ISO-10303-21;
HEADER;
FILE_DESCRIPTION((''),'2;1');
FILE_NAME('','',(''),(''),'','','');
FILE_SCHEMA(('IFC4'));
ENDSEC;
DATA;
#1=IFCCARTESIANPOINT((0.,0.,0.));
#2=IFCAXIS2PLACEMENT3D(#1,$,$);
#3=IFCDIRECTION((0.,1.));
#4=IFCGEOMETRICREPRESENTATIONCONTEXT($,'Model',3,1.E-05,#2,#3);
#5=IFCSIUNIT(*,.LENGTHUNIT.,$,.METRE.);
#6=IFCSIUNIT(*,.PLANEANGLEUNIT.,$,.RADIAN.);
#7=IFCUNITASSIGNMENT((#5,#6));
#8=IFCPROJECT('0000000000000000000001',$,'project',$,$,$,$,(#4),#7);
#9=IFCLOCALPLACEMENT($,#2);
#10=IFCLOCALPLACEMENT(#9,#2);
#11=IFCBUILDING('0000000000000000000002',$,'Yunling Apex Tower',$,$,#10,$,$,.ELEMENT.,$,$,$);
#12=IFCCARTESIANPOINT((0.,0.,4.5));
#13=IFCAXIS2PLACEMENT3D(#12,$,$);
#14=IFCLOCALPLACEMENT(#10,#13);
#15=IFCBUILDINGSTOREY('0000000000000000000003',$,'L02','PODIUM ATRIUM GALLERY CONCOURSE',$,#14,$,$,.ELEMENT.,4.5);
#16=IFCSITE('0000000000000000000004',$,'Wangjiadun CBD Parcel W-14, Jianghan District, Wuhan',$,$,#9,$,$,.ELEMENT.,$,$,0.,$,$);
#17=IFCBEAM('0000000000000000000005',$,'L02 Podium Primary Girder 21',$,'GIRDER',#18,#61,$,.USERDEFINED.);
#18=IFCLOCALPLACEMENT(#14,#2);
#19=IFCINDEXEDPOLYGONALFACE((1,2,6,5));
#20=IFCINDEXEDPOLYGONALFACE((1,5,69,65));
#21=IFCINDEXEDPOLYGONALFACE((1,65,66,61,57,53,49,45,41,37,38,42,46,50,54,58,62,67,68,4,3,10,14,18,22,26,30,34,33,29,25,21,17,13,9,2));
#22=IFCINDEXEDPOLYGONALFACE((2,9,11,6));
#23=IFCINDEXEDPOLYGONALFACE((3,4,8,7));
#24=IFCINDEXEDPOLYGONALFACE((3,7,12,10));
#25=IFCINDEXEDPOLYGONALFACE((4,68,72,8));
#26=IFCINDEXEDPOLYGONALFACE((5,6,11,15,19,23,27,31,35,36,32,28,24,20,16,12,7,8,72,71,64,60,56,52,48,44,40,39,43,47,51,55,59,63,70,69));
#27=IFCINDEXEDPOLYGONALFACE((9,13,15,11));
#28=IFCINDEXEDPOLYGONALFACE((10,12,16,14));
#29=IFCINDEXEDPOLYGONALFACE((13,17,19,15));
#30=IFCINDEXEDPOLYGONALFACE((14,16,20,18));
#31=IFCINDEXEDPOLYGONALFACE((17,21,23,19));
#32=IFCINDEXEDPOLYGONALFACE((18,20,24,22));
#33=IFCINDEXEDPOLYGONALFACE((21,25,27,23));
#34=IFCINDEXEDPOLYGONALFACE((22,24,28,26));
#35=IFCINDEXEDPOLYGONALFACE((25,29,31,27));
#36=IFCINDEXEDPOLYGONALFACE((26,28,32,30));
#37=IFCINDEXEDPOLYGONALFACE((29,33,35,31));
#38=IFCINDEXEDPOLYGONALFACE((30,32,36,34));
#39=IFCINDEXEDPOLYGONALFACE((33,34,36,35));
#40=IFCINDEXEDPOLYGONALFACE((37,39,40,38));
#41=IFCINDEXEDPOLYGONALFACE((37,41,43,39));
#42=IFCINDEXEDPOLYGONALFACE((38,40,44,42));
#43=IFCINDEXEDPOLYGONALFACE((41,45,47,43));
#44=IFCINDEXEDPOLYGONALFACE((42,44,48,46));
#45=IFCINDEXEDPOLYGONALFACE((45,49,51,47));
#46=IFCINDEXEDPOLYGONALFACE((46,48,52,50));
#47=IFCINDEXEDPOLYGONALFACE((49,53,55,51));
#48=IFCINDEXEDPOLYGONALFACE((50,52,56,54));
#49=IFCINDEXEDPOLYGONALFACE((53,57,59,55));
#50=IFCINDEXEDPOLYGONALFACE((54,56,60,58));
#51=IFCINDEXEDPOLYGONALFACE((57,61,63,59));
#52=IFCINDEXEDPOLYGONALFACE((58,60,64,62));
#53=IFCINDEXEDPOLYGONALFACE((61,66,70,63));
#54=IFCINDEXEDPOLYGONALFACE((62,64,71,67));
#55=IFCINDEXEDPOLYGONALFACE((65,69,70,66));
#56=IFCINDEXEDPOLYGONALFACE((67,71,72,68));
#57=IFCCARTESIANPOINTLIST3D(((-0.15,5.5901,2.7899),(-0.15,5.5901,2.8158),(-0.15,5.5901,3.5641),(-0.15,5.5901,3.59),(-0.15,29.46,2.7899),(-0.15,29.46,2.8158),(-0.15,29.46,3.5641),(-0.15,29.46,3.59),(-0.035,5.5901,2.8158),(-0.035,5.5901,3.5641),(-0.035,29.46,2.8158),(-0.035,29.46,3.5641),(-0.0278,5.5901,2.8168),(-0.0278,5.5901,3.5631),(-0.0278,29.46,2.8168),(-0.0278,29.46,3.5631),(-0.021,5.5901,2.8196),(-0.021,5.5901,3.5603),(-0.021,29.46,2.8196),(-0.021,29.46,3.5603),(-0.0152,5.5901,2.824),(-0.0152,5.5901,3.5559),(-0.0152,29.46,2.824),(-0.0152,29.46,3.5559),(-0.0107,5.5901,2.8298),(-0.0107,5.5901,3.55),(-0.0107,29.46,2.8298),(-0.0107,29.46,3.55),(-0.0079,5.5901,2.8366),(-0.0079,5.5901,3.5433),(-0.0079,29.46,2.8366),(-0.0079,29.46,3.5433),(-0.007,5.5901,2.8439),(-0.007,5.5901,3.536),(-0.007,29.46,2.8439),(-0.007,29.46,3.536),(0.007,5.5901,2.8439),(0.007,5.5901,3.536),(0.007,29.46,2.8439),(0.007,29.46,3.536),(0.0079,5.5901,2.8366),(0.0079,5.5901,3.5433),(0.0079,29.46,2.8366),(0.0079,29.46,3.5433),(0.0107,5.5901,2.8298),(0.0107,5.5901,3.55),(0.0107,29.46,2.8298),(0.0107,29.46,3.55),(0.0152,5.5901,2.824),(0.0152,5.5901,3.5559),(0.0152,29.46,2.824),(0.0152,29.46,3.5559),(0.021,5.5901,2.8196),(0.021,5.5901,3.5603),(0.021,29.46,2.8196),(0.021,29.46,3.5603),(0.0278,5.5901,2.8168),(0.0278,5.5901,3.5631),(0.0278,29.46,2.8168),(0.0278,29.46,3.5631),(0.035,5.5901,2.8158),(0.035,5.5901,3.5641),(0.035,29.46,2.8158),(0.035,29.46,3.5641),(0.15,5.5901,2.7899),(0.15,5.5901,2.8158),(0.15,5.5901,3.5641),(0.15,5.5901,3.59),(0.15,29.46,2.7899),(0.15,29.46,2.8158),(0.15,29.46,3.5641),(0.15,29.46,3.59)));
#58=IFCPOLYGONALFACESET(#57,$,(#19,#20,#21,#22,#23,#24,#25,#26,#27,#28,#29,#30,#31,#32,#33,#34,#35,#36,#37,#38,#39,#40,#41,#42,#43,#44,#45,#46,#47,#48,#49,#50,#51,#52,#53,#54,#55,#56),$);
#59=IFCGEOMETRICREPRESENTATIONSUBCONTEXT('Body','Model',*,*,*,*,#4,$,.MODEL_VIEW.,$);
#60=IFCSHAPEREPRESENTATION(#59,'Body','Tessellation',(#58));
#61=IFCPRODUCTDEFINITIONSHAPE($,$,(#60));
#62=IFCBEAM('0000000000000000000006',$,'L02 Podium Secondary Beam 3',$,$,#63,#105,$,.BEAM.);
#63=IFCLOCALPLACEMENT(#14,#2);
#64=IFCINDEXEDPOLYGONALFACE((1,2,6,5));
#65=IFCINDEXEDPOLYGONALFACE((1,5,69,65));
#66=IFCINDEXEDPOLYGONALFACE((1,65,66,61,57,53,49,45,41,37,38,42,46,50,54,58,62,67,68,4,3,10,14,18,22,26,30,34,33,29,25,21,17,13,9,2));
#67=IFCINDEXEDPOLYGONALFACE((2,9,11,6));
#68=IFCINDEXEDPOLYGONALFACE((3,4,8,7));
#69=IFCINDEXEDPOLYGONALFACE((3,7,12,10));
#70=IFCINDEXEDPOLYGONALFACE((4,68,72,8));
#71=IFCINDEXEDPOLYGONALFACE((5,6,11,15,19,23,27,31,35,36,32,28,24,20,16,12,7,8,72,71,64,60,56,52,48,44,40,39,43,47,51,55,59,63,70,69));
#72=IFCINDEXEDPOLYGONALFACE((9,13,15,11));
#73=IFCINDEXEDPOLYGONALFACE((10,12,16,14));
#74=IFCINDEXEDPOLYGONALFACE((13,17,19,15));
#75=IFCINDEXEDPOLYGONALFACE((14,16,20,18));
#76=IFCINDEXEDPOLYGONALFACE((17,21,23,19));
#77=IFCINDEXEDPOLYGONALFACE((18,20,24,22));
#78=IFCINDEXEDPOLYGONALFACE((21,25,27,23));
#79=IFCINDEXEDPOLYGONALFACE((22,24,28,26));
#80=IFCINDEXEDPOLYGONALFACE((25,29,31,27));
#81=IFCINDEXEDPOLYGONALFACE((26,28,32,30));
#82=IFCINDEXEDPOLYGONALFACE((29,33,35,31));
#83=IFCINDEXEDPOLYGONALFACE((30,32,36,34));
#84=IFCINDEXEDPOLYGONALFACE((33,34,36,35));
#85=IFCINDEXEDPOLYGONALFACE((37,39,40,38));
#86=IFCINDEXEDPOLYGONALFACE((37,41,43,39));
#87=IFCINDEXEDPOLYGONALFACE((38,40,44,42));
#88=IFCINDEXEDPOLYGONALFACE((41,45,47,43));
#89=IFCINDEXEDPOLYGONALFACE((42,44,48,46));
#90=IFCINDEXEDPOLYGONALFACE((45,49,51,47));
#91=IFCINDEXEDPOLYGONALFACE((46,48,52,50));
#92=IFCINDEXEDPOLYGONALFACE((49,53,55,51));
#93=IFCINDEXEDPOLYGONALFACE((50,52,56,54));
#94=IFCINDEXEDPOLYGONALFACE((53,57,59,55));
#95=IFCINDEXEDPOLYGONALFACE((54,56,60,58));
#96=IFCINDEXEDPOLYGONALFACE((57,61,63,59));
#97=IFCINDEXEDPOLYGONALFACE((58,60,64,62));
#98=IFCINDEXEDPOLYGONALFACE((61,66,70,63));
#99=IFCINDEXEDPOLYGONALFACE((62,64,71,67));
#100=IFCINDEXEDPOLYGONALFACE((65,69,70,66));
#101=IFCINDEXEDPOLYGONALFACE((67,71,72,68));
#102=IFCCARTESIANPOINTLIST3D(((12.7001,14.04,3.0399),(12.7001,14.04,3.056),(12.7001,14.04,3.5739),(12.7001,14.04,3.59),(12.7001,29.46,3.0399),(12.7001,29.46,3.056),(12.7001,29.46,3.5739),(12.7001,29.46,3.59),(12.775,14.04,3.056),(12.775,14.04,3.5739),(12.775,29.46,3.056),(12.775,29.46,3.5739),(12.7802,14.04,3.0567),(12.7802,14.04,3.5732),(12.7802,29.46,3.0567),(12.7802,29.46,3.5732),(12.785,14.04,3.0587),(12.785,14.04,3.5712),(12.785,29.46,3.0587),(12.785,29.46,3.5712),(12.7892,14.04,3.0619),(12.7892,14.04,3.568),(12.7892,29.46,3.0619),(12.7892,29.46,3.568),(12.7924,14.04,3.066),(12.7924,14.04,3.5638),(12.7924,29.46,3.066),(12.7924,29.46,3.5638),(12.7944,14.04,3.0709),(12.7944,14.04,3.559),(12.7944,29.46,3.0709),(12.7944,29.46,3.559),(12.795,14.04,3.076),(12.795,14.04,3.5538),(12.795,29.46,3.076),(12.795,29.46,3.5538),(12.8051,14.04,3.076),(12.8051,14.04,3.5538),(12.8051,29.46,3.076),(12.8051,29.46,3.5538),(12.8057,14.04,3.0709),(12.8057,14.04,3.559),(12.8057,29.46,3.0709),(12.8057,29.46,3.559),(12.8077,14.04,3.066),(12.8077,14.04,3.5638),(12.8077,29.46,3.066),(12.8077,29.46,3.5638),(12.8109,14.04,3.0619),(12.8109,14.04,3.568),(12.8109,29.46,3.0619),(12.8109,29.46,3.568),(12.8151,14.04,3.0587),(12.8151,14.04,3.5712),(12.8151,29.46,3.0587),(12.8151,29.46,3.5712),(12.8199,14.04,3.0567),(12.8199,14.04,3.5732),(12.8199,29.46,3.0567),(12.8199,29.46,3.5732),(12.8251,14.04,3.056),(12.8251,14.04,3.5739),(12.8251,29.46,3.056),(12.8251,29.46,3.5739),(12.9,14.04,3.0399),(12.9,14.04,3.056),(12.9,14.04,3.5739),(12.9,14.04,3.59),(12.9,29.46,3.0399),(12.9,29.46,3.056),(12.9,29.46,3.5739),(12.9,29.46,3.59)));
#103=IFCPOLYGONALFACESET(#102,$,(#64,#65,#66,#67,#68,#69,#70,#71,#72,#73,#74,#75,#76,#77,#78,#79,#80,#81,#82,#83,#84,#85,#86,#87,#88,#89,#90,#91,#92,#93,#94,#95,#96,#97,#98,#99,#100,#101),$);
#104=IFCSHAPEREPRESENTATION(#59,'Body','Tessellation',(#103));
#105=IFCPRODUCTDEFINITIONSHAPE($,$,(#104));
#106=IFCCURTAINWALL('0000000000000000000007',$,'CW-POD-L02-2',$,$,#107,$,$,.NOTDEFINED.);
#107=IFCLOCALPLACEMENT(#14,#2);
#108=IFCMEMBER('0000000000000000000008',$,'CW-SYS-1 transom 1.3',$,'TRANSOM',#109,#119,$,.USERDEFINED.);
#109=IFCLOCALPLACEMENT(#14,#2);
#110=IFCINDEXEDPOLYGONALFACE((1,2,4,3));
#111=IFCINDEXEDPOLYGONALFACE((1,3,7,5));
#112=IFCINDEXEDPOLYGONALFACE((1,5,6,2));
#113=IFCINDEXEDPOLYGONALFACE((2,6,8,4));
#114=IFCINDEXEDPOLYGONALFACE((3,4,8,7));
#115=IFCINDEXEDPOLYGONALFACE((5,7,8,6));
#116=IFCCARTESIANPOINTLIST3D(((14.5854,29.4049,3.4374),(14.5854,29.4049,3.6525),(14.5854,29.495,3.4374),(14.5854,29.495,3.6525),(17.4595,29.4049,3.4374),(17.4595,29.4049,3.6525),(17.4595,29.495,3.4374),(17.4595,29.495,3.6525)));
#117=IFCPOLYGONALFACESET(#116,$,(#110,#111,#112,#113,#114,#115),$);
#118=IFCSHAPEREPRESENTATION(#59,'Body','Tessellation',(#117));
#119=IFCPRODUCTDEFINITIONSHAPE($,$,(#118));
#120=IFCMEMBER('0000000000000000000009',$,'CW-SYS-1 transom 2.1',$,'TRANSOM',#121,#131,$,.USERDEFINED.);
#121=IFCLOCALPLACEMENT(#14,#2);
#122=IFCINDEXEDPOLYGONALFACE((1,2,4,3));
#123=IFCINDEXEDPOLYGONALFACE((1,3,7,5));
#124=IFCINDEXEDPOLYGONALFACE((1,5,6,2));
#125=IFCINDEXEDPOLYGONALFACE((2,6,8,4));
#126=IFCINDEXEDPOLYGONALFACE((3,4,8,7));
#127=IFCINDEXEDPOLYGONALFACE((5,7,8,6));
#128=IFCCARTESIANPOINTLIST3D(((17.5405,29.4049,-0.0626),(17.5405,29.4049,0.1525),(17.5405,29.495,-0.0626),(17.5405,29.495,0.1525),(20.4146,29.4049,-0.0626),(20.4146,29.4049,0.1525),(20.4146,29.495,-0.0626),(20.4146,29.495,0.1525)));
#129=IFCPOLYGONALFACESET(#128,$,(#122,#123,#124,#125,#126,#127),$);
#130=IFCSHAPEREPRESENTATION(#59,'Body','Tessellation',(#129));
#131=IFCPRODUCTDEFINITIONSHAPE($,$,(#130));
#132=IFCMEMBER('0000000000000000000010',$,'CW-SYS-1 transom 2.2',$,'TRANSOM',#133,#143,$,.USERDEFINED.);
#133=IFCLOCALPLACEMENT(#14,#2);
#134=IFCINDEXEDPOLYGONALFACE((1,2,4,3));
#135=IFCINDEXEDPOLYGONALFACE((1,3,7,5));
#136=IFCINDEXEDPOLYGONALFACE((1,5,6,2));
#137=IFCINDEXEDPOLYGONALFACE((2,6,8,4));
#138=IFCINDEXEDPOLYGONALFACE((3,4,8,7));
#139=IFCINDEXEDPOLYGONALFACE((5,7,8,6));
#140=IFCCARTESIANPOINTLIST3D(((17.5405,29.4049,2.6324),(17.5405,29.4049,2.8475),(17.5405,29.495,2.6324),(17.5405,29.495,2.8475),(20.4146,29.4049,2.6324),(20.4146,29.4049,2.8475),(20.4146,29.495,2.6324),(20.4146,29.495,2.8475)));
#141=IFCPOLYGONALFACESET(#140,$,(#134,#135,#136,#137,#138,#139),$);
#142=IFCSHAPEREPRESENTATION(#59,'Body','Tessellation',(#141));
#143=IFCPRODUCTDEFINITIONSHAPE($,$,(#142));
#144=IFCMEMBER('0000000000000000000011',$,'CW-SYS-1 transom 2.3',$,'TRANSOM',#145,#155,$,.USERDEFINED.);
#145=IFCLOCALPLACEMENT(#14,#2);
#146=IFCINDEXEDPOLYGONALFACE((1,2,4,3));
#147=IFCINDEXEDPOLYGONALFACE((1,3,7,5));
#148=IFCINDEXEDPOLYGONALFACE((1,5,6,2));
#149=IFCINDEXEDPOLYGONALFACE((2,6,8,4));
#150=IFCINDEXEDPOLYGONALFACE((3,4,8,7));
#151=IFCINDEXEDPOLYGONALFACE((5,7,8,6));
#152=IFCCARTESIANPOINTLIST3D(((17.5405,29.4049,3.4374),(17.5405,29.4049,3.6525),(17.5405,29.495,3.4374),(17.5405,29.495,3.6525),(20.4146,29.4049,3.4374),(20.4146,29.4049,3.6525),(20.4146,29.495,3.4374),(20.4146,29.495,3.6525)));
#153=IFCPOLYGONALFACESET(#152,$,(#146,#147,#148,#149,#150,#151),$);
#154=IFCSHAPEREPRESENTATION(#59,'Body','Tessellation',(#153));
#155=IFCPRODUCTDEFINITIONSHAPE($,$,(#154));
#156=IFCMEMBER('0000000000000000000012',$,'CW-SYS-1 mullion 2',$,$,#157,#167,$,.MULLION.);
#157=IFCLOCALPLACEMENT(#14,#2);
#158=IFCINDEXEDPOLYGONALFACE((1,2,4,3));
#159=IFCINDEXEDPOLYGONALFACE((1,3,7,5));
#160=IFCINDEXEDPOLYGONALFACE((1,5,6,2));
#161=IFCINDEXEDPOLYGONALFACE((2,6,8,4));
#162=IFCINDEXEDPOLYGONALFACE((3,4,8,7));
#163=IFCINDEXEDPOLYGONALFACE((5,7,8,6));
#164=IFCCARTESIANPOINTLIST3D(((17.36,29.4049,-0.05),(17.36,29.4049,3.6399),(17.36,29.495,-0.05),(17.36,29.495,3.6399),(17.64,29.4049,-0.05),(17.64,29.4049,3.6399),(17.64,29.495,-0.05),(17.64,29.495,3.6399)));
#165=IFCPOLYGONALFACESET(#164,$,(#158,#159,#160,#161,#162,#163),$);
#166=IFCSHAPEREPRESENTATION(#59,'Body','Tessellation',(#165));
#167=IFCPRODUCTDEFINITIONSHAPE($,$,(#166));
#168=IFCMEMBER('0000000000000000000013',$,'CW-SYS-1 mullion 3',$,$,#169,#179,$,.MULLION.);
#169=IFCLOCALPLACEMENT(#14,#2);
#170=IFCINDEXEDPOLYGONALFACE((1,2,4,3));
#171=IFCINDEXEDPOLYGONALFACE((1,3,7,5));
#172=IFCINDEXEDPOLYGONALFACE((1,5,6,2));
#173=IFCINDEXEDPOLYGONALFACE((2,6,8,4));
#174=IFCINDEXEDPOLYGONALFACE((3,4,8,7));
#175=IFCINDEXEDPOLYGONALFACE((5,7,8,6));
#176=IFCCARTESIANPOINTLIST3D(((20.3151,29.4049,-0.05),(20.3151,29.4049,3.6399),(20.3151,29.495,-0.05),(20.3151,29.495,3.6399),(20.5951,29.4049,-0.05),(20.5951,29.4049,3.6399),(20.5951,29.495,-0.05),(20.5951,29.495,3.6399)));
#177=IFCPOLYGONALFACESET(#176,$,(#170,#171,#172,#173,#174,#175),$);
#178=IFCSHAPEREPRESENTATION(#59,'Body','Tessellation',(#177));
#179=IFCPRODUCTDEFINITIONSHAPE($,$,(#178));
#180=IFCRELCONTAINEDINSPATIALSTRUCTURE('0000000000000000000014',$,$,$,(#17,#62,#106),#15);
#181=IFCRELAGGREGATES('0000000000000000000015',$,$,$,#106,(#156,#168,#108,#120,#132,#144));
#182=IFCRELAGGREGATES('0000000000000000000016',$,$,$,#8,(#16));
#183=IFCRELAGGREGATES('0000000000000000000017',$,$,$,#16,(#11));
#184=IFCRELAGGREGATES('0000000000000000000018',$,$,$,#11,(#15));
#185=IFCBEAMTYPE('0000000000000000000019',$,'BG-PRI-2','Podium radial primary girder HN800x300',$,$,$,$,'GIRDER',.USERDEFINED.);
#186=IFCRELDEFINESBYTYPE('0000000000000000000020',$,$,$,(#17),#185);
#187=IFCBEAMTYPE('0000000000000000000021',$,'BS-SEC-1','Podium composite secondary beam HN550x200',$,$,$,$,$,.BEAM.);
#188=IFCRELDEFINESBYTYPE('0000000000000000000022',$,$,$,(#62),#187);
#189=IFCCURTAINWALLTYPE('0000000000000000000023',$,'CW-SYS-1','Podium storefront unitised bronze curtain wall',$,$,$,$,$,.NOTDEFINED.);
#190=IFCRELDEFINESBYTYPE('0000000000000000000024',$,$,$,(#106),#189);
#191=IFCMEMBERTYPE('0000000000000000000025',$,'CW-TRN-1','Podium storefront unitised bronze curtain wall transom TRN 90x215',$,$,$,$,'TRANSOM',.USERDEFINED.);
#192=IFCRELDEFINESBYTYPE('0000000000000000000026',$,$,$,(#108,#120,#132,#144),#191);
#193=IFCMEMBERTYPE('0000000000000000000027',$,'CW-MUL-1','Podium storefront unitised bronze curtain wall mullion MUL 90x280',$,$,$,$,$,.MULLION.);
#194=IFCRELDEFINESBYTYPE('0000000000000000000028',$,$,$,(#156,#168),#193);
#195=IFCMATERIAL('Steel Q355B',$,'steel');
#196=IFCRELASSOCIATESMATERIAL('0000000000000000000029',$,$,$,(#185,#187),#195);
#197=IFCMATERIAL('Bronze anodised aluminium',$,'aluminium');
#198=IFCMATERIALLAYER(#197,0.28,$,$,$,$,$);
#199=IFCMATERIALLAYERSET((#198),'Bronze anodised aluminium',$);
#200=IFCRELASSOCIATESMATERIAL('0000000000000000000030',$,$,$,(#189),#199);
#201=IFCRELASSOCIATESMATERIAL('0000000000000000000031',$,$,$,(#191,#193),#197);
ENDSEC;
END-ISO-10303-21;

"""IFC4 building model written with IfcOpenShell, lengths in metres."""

from ifc_helpers import new_model, si_unit, direction, frame, origin, origin_2d, place, context, subcontext, project, spatial, rectangle, i_section, extrude, source, transform, mapped, material, layer, layer_set, material_profile, profile_set, type_object, element, aggregate, save


model = new_model("IFC4")

# Units and contexts
model_context = context("Model", 3, precision=1e-05, world=origin(), true_north=direction((0.0, 1.0)))
body_context = subcontext(model_context, "Body", "Model", "MODEL_VIEW")
ifc_project = project(units=[si_unit("LENGTHUNIT", "METRE"), si_unit("PLANEANGLEUNIT", "RADIAN")], contexts=[model_context])

# Site, building, storey
site_placement = place(None, origin())
site = spatial("IfcSite", under=ifc_project, at=site_placement, Name="Wangjiadun CBD Parcel W-14, Jianghan District, Wuhan", CompositionType="ELEMENT", RefElevation=0.0)
building_placement = place(site_placement, origin())
building = spatial("IfcBuilding", under=site, at=building_placement, Name="Yunling Apex Tower", CompositionType="ELEMENT")
storey_placement = place(building_placement, frame((0.0, 0.0, 4.5)))
storey = spatial("IfcBuildingStorey", under=building, at=storey_placement, Name="L02", Description="PODIUM ATRIUM GALLERY CONCOURSE", CompositionType="ELEMENT", Elevation=4.5)

# Beams
ifc_material_1 = material(Name="Steel Q355B", Category="steel")
ifc_material_profile_1 = material_profile(ifc_material_1, i_section(OverallWidth=0.3, OverallDepth=0.8, WebThickness=0.0139, FlangeThickness=0.0259, FilletRadius=0.0281, at=origin_2d()))
ifc_profile_set_1 = profile_set([ifc_material_profile_1], Name="Steel Q355B")
beam_type_1 = type_object("IfcBeamType", Name="BG-PRI-2", Description="Podium radial primary girder HN800x300", ElementType="GIRDER", PredefinedType="USERDEFINED", material=ifc_profile_set_1)
shared_shape_1 = source(origin(), body_context, "Body", "SweptSolid", [
    extrude(i_section(OverallWidth=0.3, OverallDepth=0.8, WebThickness=0.0139, FlangeThickness=0.0259, FilletRadius=0.0281, at=origin_2d()), origin(), (0.0, 0.0, 1.0), 23.8699),
])
beam_1_placement = place(storey_placement, frame((0.0, 29.46, 3.1899), z_axis=(0.0, -1.0, 0.0), x_axis=(1.0, 0.0, 0.0)))
element("IfcBeam", 1, at=beam_1_placement, inside=storey, type_object=beam_type_1, Name="L02 Podium Primary Girder 21", ObjectType="GIRDER", PredefinedType="USERDEFINED", context=body_context, shape_type="MappedRepresentation", body=[
    mapped(shared_shape_1, transform((0.0, 0.0, 0.0), scale=1.0)),
])
ifc_material_profile_2 = material_profile(ifc_material_1, i_section(OverallWidth=0.2, OverallDepth=0.55, WebThickness=0.01, FlangeThickness=0.0161, FilletRadius=0.02, at=origin_2d()))
ifc_profile_set_2 = profile_set([ifc_material_profile_2], Name="Steel Q355B")
beam_type_2 = type_object("IfcBeamType", Name="BS-SEC-1", Description="Podium composite secondary beam HN550x200", PredefinedType="BEAM", material=ifc_profile_set_2)
shared_shape_2 = source(origin(), body_context, "Body", "SweptSolid", [
    extrude(i_section(OverallWidth=0.2, OverallDepth=0.55, WebThickness=0.01, FlangeThickness=0.0161, FilletRadius=0.02, at=origin_2d()), origin(), (0.0, 0.0, 1.0), 15.4199),
])
beam_2_placement = place(storey_placement, frame((12.8, 29.46, 3.3149), z_axis=(0.0, -1.0, 0.0), x_axis=(1.0, 0.0, 0.0)))
element("IfcBeam", 2, at=beam_2_placement, inside=storey, type_object=beam_type_2, Name="L02 Podium Secondary Beam 3", PredefinedType="BEAM", context=body_context, shape_type="MappedRepresentation", body=[
    mapped(shared_shape_2, transform((0.0, 0.0, 0.0), scale=1.0)),
])

# Curtain wall, members
ifc_material_2 = material(Name="Bronze anodised aluminium", Category="aluminium")
ifc_layer_1 = layer(ifc_material_2, 0.28)
ifc_layer_set_1 = layer_set([ifc_layer_1], Name="Bronze anodised aluminium")
curtain_wall_type = type_object("IfcCurtainWallType", Name="CW-SYS-1", Description="Podium storefront unitised bronze curtain wall", PredefinedType="NOTDEFINED", material=ifc_layer_set_1)
curtain_wall_placement = place(storey_placement, origin())
curtain_wall = element("IfcCurtainWall", 3, at=curtain_wall_placement, inside=storey, type_object=curtain_wall_type, Name="CW-POD-L02-2", PredefinedType="NOTDEFINED")
ifc_material_profile_3 = material_profile(ifc_material_2, rectangle(XDim=0.0901, YDim=0.2151, at=origin_2d()))
ifc_profile_set_3 = profile_set([ifc_material_profile_3], Name="Bronze anodised aluminium")
member_type_1 = type_object("IfcMemberType", Name="CW-TRN-1", Description="Podium storefront unitised bronze curtain wall transom TRN 90x215", ElementType="TRANSOM", PredefinedType="USERDEFINED", material=ifc_profile_set_3)
shared_shape_3 = source(origin(), body_context, "Body", "SweptSolid", [
    extrude(rectangle(XDim=0.0901, YDim=0.2151, at=origin_2d()), origin(), (0.0, 0.0, 1.0), 2.874),
])
member_1_placement = place(storey_placement, frame((14.5854, 29.45, 3.5449), z_axis=(1.0, 0.0, 0.0), x_axis=(0.0, 1.0, 0.0)))
member_1 = element("IfcMember", 4, at=member_1_placement, type_object=member_type_1, Name="CW-SYS-1 transom 1.3", ObjectType="TRANSOM", PredefinedType="USERDEFINED", context=body_context, shape_type="MappedRepresentation", body=[
    mapped(shared_shape_3, transform((0.0, 0.0, 0.0), scale=1.0)),
])
member_2_placement = place(storey_placement, frame((17.5405, 29.45, 0.0449), z_axis=(1.0, 0.0, 0.0), x_axis=(0.0, 1.0, 0.0)))
member_2 = element("IfcMember", 5, at=member_2_placement, type_object=member_type_1, Name="CW-SYS-1 transom 2.1", ObjectType="TRANSOM", PredefinedType="USERDEFINED", context=body_context, shape_type="MappedRepresentation", body=[
    mapped(shared_shape_3, transform((0.0, 0.0, 0.0), scale=1.0)),
])
member_3_placement = place(storey_placement, frame((17.5405, 29.45, 2.74), z_axis=(1.0, 0.0, 0.0), x_axis=(0.0, 1.0, 0.0)))
member_3 = element("IfcMember", 6, at=member_3_placement, type_object=member_type_1, Name="CW-SYS-1 transom 2.2", ObjectType="TRANSOM", PredefinedType="USERDEFINED", context=body_context, shape_type="MappedRepresentation", body=[
    mapped(shared_shape_3, transform((0.0, 0.0, 0.0), scale=1.0)),
])
member_4_placement = place(storey_placement, frame((17.5405, 29.45, 3.5449), z_axis=(1.0, 0.0, 0.0), x_axis=(0.0, 1.0, 0.0)))
member_4 = element("IfcMember", 7, at=member_4_placement, type_object=member_type_1, Name="CW-SYS-1 transom 2.3", ObjectType="TRANSOM", PredefinedType="USERDEFINED", context=body_context, shape_type="MappedRepresentation", body=[
    mapped(shared_shape_3, transform((0.0, 0.0, 0.0), scale=1.0)),
])
ifc_material_profile_4 = material_profile(ifc_material_2, rectangle(XDim=0.0901, YDim=0.28, at=origin_2d()))
ifc_profile_set_4 = profile_set([ifc_material_profile_4], Name="Bronze anodised aluminium")
member_type_2 = type_object("IfcMemberType", Name="CW-MUL-1", Description="Podium storefront unitised bronze curtain wall mullion MUL 90x280", PredefinedType="MULLION", material=ifc_profile_set_4)
shared_shape_4 = source(origin(), body_context, "Body", "SweptSolid", [
    extrude(rectangle(XDim=0.0901, YDim=0.28, at=origin_2d()), origin(), (0.0, 0.0, 1.0), 3.6899),
])
member_5_placement = place(storey_placement, frame((17.5, 29.45, -0.05), z_axis=(0.0, 0.0, 1.0), x_axis=(0.0, 1.0, 0.0)))
member_5 = element("IfcMember", 8, at=member_5_placement, type_object=member_type_2, Name="CW-SYS-1 mullion 2", PredefinedType="MULLION", context=body_context, shape_type="MappedRepresentation", body=[
    mapped(shared_shape_4, transform((0.0, 0.0, 0.0), scale=1.0)),
])
member_6_placement = place(storey_placement, frame((20.4551, 29.45, -0.05), z_axis=(0.0, 0.0, 1.0), x_axis=(0.0, 1.0, 0.0)))
member_6 = element("IfcMember", 9, at=member_6_placement, type_object=member_type_2, Name="CW-SYS-1 mullion 3", PredefinedType="MULLION", context=body_context, shape_type="MappedRepresentation", body=[
    mapped(shared_shape_4, transform((0.0, 0.0, 0.0), scale=1.0)),
])
aggregate(curtain_wall, [member_5, member_6, member_1, member_2, member_3, member_4])

save(model, "model.ifc")
